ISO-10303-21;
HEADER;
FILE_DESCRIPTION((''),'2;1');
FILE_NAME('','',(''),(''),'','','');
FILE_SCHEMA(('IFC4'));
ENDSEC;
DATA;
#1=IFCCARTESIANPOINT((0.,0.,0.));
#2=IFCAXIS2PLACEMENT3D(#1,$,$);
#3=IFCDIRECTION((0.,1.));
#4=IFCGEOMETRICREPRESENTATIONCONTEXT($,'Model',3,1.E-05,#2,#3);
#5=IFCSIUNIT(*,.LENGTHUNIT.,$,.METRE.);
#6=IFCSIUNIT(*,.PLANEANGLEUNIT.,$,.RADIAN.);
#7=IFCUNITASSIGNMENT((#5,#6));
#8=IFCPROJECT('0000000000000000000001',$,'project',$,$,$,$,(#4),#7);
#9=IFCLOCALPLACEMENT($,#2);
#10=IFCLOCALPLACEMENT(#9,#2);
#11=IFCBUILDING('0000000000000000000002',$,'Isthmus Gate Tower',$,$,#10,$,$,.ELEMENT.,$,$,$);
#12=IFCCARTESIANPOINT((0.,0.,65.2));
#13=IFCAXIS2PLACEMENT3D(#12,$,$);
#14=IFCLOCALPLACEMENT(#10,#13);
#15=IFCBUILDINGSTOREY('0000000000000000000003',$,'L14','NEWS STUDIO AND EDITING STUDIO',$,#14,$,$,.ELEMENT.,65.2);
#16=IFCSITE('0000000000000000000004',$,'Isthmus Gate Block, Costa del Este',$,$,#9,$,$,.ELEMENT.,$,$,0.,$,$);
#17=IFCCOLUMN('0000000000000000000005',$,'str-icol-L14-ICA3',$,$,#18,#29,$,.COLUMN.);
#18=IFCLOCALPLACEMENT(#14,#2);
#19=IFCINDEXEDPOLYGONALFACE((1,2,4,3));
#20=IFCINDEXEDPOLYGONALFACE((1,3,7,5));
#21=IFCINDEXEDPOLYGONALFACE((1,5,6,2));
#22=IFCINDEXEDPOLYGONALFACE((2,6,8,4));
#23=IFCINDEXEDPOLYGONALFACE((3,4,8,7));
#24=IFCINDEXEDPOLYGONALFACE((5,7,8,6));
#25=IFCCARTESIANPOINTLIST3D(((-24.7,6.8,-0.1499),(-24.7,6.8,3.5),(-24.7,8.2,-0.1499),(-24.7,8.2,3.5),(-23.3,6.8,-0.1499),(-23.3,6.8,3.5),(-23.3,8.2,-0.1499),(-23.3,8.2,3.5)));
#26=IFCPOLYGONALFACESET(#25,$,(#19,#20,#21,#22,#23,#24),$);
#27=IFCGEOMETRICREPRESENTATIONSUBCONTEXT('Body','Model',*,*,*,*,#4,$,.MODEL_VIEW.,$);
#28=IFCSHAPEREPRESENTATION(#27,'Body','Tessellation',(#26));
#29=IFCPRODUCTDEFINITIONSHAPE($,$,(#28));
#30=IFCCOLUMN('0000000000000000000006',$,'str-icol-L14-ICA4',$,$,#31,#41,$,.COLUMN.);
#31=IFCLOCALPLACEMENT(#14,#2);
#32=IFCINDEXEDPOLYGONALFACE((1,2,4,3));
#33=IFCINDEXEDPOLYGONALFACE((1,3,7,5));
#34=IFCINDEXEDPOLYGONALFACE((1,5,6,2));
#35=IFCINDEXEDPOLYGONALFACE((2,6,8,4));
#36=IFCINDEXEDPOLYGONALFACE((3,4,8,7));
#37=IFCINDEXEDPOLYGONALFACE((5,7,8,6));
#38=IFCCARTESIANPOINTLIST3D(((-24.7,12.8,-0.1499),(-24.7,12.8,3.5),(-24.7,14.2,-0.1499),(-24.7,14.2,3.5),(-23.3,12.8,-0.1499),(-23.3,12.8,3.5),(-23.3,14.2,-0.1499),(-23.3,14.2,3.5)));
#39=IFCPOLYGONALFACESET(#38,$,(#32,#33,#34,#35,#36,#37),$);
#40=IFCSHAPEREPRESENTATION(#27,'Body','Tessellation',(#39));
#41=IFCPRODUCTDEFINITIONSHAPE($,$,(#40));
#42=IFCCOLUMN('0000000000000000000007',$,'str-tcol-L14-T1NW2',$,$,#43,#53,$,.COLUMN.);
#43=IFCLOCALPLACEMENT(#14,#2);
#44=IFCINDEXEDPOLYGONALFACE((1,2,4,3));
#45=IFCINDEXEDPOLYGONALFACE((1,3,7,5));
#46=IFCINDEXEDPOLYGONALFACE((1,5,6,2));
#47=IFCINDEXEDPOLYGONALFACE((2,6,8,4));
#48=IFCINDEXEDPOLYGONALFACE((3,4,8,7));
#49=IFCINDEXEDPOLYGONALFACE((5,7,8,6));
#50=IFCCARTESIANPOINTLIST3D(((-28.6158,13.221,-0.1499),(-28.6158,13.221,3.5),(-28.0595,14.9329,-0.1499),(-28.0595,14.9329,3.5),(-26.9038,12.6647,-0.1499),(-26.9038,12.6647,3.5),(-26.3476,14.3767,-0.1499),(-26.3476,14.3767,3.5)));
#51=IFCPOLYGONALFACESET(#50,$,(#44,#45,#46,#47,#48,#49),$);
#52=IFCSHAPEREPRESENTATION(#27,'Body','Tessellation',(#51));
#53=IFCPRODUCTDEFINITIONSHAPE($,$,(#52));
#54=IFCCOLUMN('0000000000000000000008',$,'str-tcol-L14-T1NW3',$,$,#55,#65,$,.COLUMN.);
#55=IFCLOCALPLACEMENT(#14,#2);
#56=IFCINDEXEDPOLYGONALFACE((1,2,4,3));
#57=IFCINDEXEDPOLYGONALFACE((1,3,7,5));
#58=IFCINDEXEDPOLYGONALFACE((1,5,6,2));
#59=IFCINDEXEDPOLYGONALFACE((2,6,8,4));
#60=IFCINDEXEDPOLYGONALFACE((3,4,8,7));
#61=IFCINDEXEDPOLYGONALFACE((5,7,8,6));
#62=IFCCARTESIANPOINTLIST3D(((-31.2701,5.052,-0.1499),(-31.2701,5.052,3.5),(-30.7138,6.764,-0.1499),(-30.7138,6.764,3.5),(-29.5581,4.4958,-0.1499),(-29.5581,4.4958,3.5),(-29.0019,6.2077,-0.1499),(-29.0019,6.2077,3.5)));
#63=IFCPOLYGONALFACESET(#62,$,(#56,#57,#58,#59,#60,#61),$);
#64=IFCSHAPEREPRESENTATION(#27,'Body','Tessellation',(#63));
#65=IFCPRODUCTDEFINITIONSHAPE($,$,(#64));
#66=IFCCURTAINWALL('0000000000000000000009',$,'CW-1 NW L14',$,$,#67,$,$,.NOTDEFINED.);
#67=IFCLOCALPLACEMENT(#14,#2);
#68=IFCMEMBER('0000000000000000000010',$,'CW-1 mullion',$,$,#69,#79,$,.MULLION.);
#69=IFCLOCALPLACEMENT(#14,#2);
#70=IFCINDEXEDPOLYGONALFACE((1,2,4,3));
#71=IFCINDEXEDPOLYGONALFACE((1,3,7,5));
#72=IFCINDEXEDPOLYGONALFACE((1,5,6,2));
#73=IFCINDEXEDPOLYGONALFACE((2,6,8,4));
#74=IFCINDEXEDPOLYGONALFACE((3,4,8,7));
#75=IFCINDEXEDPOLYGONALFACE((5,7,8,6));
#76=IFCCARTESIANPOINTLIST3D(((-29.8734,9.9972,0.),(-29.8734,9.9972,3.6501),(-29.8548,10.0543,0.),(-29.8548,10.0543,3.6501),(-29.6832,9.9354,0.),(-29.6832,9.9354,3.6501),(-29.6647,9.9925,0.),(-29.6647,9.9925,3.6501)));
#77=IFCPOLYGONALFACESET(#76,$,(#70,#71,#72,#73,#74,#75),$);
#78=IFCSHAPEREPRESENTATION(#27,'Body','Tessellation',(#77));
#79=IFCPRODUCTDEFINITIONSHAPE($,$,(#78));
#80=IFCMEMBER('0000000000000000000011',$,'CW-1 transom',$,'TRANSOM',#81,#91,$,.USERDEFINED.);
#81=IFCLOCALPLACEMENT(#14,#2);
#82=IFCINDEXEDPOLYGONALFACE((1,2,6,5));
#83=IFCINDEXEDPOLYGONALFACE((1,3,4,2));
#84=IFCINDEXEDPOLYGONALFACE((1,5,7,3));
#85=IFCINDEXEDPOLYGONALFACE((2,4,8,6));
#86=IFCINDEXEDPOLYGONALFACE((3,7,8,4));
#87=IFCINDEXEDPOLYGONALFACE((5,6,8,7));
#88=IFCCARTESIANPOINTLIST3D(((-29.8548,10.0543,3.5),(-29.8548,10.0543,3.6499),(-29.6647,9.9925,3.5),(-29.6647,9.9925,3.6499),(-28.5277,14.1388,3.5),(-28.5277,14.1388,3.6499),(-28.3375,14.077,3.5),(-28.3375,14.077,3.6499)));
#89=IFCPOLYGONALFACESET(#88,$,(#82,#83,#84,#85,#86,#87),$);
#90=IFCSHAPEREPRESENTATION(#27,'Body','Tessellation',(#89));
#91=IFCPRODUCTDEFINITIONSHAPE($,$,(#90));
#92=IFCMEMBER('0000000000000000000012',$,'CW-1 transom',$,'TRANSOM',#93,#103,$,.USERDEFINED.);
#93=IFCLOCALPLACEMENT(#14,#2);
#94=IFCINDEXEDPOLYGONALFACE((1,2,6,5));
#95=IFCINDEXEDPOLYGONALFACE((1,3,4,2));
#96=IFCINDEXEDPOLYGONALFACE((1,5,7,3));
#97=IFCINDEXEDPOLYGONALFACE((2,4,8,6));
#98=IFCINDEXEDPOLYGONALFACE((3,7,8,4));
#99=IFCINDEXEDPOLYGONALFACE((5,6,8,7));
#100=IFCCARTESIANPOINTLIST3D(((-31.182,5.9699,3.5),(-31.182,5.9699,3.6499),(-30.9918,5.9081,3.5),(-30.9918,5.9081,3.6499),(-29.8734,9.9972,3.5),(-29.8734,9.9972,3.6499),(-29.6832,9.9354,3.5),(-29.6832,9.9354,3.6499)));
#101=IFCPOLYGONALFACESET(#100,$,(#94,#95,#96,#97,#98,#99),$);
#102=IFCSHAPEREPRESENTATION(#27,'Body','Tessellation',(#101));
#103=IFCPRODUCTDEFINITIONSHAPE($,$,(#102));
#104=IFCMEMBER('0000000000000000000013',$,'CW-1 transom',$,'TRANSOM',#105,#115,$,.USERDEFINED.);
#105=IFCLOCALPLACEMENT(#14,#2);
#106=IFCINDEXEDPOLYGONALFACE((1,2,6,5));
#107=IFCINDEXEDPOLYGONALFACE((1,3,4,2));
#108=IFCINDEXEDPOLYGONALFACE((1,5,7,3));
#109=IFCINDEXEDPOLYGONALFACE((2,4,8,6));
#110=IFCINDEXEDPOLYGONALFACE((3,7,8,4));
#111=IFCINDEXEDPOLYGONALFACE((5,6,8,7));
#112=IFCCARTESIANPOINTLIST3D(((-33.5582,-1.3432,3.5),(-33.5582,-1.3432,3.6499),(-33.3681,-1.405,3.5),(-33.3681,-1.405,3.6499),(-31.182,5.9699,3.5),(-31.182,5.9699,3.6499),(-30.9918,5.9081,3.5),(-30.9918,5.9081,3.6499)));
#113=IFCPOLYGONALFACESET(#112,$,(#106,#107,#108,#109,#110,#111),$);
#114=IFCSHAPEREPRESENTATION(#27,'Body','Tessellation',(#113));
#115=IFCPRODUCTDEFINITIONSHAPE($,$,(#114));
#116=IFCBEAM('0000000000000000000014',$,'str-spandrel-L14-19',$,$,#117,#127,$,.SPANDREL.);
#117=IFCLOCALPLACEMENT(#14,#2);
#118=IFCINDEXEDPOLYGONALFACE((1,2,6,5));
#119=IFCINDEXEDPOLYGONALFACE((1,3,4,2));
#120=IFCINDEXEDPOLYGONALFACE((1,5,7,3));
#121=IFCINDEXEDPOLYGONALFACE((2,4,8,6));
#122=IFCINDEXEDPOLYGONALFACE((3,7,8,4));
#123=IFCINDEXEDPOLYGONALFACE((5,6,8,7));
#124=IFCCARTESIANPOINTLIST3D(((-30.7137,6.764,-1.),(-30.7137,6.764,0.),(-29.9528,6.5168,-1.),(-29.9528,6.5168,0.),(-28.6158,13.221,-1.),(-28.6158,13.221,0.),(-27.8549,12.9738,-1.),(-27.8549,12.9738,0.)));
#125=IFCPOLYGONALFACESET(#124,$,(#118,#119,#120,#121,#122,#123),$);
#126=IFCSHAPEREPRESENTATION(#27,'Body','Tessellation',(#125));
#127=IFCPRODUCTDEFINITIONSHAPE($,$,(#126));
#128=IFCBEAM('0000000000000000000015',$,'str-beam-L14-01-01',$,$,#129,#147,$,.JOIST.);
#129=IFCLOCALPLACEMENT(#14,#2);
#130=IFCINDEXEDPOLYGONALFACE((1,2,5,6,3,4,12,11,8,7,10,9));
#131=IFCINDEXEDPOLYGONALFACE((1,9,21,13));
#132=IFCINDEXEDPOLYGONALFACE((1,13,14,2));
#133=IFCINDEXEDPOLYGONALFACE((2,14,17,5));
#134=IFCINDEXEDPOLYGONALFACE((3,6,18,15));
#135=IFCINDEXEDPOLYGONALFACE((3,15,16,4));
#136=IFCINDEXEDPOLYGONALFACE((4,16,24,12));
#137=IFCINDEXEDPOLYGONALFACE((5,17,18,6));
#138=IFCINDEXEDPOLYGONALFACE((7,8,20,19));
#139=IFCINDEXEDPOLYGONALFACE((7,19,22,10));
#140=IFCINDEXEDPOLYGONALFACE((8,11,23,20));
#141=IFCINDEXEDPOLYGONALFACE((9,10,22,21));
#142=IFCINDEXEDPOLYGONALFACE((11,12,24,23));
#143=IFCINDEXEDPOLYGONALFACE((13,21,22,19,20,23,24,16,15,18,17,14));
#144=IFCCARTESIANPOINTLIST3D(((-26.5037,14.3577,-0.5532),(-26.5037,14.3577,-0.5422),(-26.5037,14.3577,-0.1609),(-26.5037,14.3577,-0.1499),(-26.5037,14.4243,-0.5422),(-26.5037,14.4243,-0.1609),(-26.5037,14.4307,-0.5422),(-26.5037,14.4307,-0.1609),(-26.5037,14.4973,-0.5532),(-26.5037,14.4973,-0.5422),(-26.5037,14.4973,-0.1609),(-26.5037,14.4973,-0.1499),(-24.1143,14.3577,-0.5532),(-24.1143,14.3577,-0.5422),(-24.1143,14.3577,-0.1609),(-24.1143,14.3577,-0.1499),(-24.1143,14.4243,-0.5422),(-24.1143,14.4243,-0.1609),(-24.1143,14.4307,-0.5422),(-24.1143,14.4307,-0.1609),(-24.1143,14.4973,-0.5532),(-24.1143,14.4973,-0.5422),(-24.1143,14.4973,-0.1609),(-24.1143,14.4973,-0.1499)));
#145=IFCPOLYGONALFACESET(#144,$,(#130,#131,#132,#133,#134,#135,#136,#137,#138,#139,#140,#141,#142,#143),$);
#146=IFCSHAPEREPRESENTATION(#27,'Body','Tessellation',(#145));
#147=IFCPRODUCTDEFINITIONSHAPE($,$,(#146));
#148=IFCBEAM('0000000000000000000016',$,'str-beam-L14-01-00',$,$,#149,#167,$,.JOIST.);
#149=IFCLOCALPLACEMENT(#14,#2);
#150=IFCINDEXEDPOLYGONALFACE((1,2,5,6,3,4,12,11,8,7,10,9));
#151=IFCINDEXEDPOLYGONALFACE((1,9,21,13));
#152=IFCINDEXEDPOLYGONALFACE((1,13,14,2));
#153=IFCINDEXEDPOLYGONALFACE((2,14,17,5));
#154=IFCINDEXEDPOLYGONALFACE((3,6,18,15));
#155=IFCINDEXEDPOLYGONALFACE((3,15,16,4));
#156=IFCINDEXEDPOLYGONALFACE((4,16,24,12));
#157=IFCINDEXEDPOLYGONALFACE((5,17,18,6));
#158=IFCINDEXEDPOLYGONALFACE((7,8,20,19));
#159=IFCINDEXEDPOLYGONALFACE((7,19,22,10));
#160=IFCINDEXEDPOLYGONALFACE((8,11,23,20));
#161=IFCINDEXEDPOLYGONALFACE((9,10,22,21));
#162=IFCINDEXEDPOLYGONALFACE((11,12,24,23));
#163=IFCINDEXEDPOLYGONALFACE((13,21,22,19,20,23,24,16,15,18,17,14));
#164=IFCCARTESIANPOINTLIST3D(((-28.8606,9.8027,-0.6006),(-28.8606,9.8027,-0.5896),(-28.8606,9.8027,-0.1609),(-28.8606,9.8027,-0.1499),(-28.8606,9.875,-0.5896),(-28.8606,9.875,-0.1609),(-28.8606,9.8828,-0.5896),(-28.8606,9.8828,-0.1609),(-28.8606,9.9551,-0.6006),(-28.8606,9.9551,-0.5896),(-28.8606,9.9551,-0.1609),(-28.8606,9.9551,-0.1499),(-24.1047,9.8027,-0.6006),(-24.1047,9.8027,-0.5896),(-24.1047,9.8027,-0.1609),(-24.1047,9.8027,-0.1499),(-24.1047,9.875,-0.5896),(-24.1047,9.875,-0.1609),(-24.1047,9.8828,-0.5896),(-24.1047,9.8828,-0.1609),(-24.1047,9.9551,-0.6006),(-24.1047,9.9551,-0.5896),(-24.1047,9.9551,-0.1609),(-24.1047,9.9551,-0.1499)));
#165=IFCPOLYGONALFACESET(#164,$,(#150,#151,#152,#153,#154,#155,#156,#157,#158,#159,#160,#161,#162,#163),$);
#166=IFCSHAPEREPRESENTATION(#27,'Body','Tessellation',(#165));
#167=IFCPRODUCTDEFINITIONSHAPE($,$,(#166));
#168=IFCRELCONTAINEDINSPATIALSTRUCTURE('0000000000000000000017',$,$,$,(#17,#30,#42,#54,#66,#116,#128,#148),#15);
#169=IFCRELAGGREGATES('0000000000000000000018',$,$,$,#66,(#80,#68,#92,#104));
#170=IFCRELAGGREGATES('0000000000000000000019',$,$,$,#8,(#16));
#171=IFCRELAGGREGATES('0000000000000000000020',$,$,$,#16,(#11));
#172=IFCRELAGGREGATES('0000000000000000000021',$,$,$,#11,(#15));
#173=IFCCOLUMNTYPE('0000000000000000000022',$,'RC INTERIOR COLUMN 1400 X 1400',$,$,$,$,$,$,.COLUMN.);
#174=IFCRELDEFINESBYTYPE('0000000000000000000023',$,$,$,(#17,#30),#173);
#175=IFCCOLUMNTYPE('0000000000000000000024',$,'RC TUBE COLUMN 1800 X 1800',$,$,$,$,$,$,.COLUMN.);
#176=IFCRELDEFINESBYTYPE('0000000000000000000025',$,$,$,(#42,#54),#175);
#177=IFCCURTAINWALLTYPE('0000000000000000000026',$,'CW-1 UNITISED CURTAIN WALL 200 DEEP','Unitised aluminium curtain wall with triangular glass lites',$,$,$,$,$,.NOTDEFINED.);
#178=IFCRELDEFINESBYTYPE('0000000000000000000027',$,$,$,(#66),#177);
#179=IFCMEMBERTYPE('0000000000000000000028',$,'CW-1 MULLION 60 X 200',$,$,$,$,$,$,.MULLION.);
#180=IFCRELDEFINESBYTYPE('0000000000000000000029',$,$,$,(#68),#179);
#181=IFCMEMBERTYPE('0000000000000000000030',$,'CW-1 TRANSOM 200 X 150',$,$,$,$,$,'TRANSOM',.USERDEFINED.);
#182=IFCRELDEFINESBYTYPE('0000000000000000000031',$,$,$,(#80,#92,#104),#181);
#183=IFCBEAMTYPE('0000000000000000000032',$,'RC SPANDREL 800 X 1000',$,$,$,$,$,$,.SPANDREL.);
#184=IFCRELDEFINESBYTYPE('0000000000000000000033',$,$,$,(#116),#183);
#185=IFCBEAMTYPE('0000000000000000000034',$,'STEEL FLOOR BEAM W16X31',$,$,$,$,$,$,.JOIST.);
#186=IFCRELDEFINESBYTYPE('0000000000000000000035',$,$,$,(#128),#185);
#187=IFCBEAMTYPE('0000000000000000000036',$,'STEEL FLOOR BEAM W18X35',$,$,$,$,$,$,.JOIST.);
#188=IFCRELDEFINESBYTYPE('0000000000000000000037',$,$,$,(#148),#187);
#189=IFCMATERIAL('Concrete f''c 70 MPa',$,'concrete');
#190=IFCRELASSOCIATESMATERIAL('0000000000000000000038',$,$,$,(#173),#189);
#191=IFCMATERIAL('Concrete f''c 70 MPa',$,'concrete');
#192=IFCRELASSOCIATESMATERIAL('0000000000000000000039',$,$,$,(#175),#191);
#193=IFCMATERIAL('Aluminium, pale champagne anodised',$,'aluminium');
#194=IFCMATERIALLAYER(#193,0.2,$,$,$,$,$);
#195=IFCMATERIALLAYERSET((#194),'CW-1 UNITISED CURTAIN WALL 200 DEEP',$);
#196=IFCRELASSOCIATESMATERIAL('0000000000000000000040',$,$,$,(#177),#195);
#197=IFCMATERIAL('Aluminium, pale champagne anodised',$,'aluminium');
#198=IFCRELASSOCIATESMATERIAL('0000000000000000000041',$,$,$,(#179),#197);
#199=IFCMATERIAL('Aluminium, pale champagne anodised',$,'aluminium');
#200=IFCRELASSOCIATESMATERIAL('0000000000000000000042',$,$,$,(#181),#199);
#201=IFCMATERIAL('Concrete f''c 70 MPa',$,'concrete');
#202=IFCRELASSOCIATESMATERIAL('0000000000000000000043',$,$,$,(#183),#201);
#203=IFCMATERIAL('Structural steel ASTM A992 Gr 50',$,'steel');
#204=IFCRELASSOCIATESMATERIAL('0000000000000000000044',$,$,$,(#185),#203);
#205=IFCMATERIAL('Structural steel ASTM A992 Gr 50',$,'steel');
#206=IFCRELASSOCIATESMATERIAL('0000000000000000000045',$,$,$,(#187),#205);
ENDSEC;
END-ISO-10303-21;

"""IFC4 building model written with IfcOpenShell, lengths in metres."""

from ifc_helpers import new_model, si_unit, direction, frame, origin, origin_2d, place, context, subcontext, project, spatial, rectangle, i_section, extrude, material, layer, layer_set, material_profile, profile_set, type_object, element, aggregate, save


model = new_model("IFC4")

# Units and contexts
model_context = context("Model", 3, precision=1e-05, world=origin(), true_north=direction((0.0, 1.0)))
body_context = subcontext(model_context, "Body", "Model", "MODEL_VIEW")
ifc_project = project(units=[si_unit("LENGTHUNIT", "METRE"), si_unit("PLANEANGLEUNIT", "RADIAN")], contexts=[model_context])

# Site, building, storey
site_placement = place(None, origin())
site = spatial("IfcSite", under=ifc_project, at=site_placement, Name="Isthmus Gate Block, Costa del Este", CompositionType="ELEMENT", RefElevation=0.0)
building_placement = place(site_placement, origin())
building = spatial("IfcBuilding", under=site, at=building_placement, Name="Isthmus Gate Tower", CompositionType="ELEMENT")
storey_placement = place(building_placement, frame((0.0, 0.0, 65.2)))
storey = spatial("IfcBuildingStorey", under=building, at=storey_placement, Name="L14", Description="NEWS STUDIO AND EDITING STUDIO", CompositionType="ELEMENT", Elevation=65.2)

# Columns
ifc_material_1 = material(Name="Concrete f'c 70 MPa", Category="concrete")
ifc_material_profile_1 = material_profile(ifc_material_1, rectangle(XDim=1.3999, YDim=1.3999, at=origin_2d()), Name="RC 1400X1400")
ifc_profile_set_1 = profile_set([ifc_material_profile_1], Name="Concrete f'c 70 MPa")
column_type_1 = type_object("IfcColumnType", Name="RC INTERIOR COLUMN 1400 X 1400", PredefinedType="COLUMN", material=ifc_profile_set_1)
for number, where, z_axis, x_axis, name in (
    (1, (-24.0, 7.5, -0.1499), (0.0, 0.0, 1.0), (1.0, 0.0, 0.0), "str-icol-L14-ICA3"),
    (2, (-24.0, 13.5, -0.1499), (0.0, 0.0, 1.0), (1.0, 0.0, 0.0), "str-icol-L14-ICA4"),
):
    element("IfcColumn", number, at=place(storey_placement, frame(where, z_axis=z_axis, x_axis=x_axis)), inside=storey, type_object=column_type_1, Name=name, PredefinedType="COLUMN", context=body_context, shape_type="SweptSolid", body=[
        extrude(rectangle(XDim=1.3999, YDim=1.3999, at=origin_2d()), origin(), (0.0, 0.0, 1.0), 3.6499),
    ])
ifc_material_2 = material(Name="Concrete f'c 70 MPa", Category="concrete")
ifc_material_profile_2 = material_profile(ifc_material_2, rectangle(XDim=1.8, YDim=1.8, at=origin_2d()), Name="RC 1800X1800")
ifc_profile_set_2 = profile_set([ifc_material_profile_2], Name="Concrete f'c 70 MPa")
column_type_2 = type_object("IfcColumnType", Name="RC TUBE COLUMN 1800 X 1800", PredefinedType="COLUMN", material=ifc_profile_set_2)
for number, where, z_axis, x_axis, name in (
    (3, (-27.4817, 13.7988, -0.1499), (0.0, 0.0, 1.0), (-0.309017, -0.951057, 0.0), "str-tcol-L14-T1NW2"),
    (4, (-30.136, 5.6299, -0.1499), (0.0, 0.0, 1.0), (-0.309017, -0.951057, 0.0), "str-tcol-L14-T1NW3"),
):
    element("IfcColumn", number, at=place(storey_placement, frame(where, z_axis=z_axis, x_axis=x_axis)), inside=storey, type_object=column_type_2, Name=name, PredefinedType="COLUMN", context=body_context, shape_type="SweptSolid", body=[
        extrude(rectangle(XDim=1.8, YDim=1.8, at=origin_2d()), origin(), (0.0, 0.0, 1.0), 3.6499),
    ])

# Curtain wall, members
ifc_material_3 = material(Name="Aluminium, pale champagne anodised", Category="aluminium")
ifc_layer_1 = layer(ifc_material_3, 0.2)
ifc_layer_set_1 = layer_set([ifc_layer_1], Name="CW-1 UNITISED CURTAIN WALL 200 DEEP")
curtain_wall_type = type_object("IfcCurtainWallType", Name="CW-1 UNITISED CURTAIN WALL 200 DEEP", Description="Unitised aluminium curtain wall with triangular glass lites", PredefinedType="NOTDEFINED", material=ifc_layer_set_1)
curtain_wall_placement = place(storey_placement, origin())
curtain_wall = element("IfcCurtainWall", 5, at=curtain_wall_placement, inside=storey, type_object=curtain_wall_type, Name="CW-1 NW L14", PredefinedType="NOTDEFINED")
ifc_material_4 = material(Name="Aluminium, pale champagne anodised", Category="aluminium")
ifc_material_profile_3 = material_profile(ifc_material_4, rectangle(XDim=0.0601, YDim=0.2, at=origin_2d()), Name="60x200")
ifc_profile_set_3 = profile_set([ifc_material_profile_3], Name="Aluminium, pale champagne anodised")
member_type_1 = type_object("IfcMemberType", Name="CW-1 MULLION 60 X 200", PredefinedType="MULLION", material=ifc_profile_set_3)
member_1_placement = place(storey_placement, frame((-29.769, 9.9949, 0.0), z_axis=(0.0, 0.0, 1.0), x_axis=(-0.309017, -0.951057, 0.0)))
member_1 = element("IfcMember", 6, at=member_1_placement, type_object=member_type_1, Name="CW-1 mullion", PredefinedType="MULLION", context=body_context, shape_type="SweptSolid", body=[
    extrude(rectangle(XDim=0.0601, YDim=0.2, at=origin_2d()), origin(), (0.0, 0.0, 1.0), 3.6501),
])
ifc_material_5 = material(Name="Aluminium, pale champagne anodised", Category="aluminium")
ifc_material_profile_4 = material_profile(ifc_material_5, rectangle(XDim=0.2, YDim=0.1499, at=origin_2d()), Name="200x150")
ifc_profile_set_4 = profile_set([ifc_material_profile_4], Name="Aluminium, pale champagne anodised")
member_type_2 = type_object("IfcMemberType", Name="CW-1 TRANSOM 200 X 150", ElementType="TRANSOM", PredefinedType="USERDEFINED", material=ifc_profile_set_4)
member_2_placement = place(storey_placement, frame((-28.4326, 14.1079, 3.575), z_axis=(-0.309022, -0.951055, 0.0), x_axis=(0.951055, -0.309022, 0.0)))
member_2 = element("IfcMember", 7, at=member_2_placement, type_object=member_type_2, Name="CW-1 transom", ObjectType="TRANSOM", PredefinedType="USERDEFINED", context=body_context, shape_type="SweptSolid", body=[
    extrude(rectangle(XDim=0.2, YDim=0.1499, at=origin_2d()), origin(), (0.0, 0.0, 1.0), 4.2947),
])
member_3_placement = place(storey_placement, frame((-29.7783, 9.9663, 3.575), z_axis=(-0.309023, -0.951054, 0.0), x_axis=(0.951054, -0.309023, 0.0)))
member_3 = element("IfcMember", 8, at=member_3_placement, type_object=member_type_2, Name="CW-1 transom", ObjectType="TRANSOM", PredefinedType="USERDEFINED", context=body_context, shape_type="SweptSolid", body=[
    extrude(rectangle(XDim=0.2, YDim=0.1499, at=origin_2d()), origin(), (0.0, 0.0, 1.0), 4.2346),
])
member_4_placement = place(storey_placement, frame((-31.0869, 5.939, 3.575), z_axis=(-0.309027, -0.951053, 0.0), x_axis=(0.951053, -0.309027, 0.0)))
member_4 = element("IfcMember", 9, at=member_4_placement, type_object=member_type_2, Name="CW-1 transom", ObjectType="TRANSOM", PredefinedType="USERDEFINED", context=body_context, shape_type="SweptSolid", body=[
    extrude(rectangle(XDim=0.2, YDim=0.1499, at=origin_2d()), origin(), (0.0, 0.0, 1.0), 7.6895),
])

# Beams
ifc_material_6 = material(Name="Concrete f'c 70 MPa", Category="concrete")
ifc_material_profile_5 = material_profile(ifc_material_6, rectangle(XDim=0.8, YDim=1.0, at=origin_2d()), Name="RC 800X1000")
ifc_profile_set_5 = profile_set([ifc_material_profile_5], Name="Concrete f'c 70 MPa")
beam_type_1 = type_object("IfcBeamType", Name="RC SPANDREL 800 X 1000", PredefinedType="SPANDREL", material=ifc_profile_set_5)
beam_1_placement = place(storey_placement, frame((-30.3333, 6.6404, -0.5), z_axis=(0.309002, 0.951062, 0.0), x_axis=(-0.951062, 0.309002, 0.0)))
element("IfcBeam", 10, at=beam_1_placement, inside=storey, type_object=beam_type_1, Name="str-spandrel-L14-19", PredefinedType="SPANDREL", context=body_context, shape_type="SweptSolid", body=[
    extrude(rectangle(XDim=0.8, YDim=1.0, at=origin_2d()), origin(), (0.0, 0.0, 1.0), 6.7893),
])
ifc_material_7 = material(Name="Structural steel ASTM A992 Gr 50", Category="steel")
ifc_material_profile_6 = material_profile(ifc_material_7, i_section(OverallWidth=0.1396, OverallDepth=0.4033, WebThickness=0.0063, FlangeThickness=0.011, at=origin_2d()), Name="W16X31")
ifc_profile_set_6 = profile_set([ifc_material_profile_6], Name="Structural steel ASTM A992 Gr 50")
beam_type_2 = type_object("IfcBeamType", Name="STEEL FLOOR BEAM W16X31", PredefinedType="JOIST", material=ifc_profile_set_6)
beam_2_placement = place(storey_placement, frame((-26.5037, 14.4275, -0.3516), z_axis=(1.0, 0.0, 0.0), x_axis=(0.0, 1.0, 0.0)))
element("IfcBeam", 11, at=beam_2_placement, inside=storey, type_object=beam_type_2, Name="str-beam-L14-01-01", PredefinedType="JOIST", context=body_context, shape_type="SweptSolid", body=[
    extrude(i_section(OverallWidth=0.1396, OverallDepth=0.4033, WebThickness=0.0063, FlangeThickness=0.011, at=origin_2d()), origin(), (0.0, 0.0, 1.0), 2.3894),
])
ifc_material_8 = material(Name="Structural steel ASTM A992 Gr 50", Category="steel")
ifc_material_profile_7 = material_profile(ifc_material_8, i_section(OverallWidth=0.1523, OverallDepth=0.4507, WebThickness=0.0078, FlangeThickness=0.011, at=origin_2d()), Name="W18X35")
ifc_profile_set_7 = profile_set([ifc_material_profile_7], Name="Structural steel ASTM A992 Gr 50")
beam_type_3 = type_object("IfcBeamType", Name="STEEL FLOOR BEAM W18X35", PredefinedType="JOIST", material=ifc_profile_set_7)
beam_3_placement = place(storey_placement, frame((-28.8606, 9.8789, -0.3752), z_axis=(1.0, 0.0, 0.0), x_axis=(0.0, 1.0, 0.0)))
element("IfcBeam", 12, at=beam_3_placement, inside=storey, type_object=beam_type_3, Name="str-beam-L14-01-00", PredefinedType="JOIST", context=body_context, shape_type="SweptSolid", body=[
    extrude(i_section(OverallWidth=0.1523, OverallDepth=0.4507, WebThickness=0.0078, FlangeThickness=0.011, at=origin_2d()), origin(), (0.0, 0.0, 1.0), 4.7559),
])

aggregate(curtain_wall, [member_2, member_1, member_3, member_4])

save(model, "model.ifc")
